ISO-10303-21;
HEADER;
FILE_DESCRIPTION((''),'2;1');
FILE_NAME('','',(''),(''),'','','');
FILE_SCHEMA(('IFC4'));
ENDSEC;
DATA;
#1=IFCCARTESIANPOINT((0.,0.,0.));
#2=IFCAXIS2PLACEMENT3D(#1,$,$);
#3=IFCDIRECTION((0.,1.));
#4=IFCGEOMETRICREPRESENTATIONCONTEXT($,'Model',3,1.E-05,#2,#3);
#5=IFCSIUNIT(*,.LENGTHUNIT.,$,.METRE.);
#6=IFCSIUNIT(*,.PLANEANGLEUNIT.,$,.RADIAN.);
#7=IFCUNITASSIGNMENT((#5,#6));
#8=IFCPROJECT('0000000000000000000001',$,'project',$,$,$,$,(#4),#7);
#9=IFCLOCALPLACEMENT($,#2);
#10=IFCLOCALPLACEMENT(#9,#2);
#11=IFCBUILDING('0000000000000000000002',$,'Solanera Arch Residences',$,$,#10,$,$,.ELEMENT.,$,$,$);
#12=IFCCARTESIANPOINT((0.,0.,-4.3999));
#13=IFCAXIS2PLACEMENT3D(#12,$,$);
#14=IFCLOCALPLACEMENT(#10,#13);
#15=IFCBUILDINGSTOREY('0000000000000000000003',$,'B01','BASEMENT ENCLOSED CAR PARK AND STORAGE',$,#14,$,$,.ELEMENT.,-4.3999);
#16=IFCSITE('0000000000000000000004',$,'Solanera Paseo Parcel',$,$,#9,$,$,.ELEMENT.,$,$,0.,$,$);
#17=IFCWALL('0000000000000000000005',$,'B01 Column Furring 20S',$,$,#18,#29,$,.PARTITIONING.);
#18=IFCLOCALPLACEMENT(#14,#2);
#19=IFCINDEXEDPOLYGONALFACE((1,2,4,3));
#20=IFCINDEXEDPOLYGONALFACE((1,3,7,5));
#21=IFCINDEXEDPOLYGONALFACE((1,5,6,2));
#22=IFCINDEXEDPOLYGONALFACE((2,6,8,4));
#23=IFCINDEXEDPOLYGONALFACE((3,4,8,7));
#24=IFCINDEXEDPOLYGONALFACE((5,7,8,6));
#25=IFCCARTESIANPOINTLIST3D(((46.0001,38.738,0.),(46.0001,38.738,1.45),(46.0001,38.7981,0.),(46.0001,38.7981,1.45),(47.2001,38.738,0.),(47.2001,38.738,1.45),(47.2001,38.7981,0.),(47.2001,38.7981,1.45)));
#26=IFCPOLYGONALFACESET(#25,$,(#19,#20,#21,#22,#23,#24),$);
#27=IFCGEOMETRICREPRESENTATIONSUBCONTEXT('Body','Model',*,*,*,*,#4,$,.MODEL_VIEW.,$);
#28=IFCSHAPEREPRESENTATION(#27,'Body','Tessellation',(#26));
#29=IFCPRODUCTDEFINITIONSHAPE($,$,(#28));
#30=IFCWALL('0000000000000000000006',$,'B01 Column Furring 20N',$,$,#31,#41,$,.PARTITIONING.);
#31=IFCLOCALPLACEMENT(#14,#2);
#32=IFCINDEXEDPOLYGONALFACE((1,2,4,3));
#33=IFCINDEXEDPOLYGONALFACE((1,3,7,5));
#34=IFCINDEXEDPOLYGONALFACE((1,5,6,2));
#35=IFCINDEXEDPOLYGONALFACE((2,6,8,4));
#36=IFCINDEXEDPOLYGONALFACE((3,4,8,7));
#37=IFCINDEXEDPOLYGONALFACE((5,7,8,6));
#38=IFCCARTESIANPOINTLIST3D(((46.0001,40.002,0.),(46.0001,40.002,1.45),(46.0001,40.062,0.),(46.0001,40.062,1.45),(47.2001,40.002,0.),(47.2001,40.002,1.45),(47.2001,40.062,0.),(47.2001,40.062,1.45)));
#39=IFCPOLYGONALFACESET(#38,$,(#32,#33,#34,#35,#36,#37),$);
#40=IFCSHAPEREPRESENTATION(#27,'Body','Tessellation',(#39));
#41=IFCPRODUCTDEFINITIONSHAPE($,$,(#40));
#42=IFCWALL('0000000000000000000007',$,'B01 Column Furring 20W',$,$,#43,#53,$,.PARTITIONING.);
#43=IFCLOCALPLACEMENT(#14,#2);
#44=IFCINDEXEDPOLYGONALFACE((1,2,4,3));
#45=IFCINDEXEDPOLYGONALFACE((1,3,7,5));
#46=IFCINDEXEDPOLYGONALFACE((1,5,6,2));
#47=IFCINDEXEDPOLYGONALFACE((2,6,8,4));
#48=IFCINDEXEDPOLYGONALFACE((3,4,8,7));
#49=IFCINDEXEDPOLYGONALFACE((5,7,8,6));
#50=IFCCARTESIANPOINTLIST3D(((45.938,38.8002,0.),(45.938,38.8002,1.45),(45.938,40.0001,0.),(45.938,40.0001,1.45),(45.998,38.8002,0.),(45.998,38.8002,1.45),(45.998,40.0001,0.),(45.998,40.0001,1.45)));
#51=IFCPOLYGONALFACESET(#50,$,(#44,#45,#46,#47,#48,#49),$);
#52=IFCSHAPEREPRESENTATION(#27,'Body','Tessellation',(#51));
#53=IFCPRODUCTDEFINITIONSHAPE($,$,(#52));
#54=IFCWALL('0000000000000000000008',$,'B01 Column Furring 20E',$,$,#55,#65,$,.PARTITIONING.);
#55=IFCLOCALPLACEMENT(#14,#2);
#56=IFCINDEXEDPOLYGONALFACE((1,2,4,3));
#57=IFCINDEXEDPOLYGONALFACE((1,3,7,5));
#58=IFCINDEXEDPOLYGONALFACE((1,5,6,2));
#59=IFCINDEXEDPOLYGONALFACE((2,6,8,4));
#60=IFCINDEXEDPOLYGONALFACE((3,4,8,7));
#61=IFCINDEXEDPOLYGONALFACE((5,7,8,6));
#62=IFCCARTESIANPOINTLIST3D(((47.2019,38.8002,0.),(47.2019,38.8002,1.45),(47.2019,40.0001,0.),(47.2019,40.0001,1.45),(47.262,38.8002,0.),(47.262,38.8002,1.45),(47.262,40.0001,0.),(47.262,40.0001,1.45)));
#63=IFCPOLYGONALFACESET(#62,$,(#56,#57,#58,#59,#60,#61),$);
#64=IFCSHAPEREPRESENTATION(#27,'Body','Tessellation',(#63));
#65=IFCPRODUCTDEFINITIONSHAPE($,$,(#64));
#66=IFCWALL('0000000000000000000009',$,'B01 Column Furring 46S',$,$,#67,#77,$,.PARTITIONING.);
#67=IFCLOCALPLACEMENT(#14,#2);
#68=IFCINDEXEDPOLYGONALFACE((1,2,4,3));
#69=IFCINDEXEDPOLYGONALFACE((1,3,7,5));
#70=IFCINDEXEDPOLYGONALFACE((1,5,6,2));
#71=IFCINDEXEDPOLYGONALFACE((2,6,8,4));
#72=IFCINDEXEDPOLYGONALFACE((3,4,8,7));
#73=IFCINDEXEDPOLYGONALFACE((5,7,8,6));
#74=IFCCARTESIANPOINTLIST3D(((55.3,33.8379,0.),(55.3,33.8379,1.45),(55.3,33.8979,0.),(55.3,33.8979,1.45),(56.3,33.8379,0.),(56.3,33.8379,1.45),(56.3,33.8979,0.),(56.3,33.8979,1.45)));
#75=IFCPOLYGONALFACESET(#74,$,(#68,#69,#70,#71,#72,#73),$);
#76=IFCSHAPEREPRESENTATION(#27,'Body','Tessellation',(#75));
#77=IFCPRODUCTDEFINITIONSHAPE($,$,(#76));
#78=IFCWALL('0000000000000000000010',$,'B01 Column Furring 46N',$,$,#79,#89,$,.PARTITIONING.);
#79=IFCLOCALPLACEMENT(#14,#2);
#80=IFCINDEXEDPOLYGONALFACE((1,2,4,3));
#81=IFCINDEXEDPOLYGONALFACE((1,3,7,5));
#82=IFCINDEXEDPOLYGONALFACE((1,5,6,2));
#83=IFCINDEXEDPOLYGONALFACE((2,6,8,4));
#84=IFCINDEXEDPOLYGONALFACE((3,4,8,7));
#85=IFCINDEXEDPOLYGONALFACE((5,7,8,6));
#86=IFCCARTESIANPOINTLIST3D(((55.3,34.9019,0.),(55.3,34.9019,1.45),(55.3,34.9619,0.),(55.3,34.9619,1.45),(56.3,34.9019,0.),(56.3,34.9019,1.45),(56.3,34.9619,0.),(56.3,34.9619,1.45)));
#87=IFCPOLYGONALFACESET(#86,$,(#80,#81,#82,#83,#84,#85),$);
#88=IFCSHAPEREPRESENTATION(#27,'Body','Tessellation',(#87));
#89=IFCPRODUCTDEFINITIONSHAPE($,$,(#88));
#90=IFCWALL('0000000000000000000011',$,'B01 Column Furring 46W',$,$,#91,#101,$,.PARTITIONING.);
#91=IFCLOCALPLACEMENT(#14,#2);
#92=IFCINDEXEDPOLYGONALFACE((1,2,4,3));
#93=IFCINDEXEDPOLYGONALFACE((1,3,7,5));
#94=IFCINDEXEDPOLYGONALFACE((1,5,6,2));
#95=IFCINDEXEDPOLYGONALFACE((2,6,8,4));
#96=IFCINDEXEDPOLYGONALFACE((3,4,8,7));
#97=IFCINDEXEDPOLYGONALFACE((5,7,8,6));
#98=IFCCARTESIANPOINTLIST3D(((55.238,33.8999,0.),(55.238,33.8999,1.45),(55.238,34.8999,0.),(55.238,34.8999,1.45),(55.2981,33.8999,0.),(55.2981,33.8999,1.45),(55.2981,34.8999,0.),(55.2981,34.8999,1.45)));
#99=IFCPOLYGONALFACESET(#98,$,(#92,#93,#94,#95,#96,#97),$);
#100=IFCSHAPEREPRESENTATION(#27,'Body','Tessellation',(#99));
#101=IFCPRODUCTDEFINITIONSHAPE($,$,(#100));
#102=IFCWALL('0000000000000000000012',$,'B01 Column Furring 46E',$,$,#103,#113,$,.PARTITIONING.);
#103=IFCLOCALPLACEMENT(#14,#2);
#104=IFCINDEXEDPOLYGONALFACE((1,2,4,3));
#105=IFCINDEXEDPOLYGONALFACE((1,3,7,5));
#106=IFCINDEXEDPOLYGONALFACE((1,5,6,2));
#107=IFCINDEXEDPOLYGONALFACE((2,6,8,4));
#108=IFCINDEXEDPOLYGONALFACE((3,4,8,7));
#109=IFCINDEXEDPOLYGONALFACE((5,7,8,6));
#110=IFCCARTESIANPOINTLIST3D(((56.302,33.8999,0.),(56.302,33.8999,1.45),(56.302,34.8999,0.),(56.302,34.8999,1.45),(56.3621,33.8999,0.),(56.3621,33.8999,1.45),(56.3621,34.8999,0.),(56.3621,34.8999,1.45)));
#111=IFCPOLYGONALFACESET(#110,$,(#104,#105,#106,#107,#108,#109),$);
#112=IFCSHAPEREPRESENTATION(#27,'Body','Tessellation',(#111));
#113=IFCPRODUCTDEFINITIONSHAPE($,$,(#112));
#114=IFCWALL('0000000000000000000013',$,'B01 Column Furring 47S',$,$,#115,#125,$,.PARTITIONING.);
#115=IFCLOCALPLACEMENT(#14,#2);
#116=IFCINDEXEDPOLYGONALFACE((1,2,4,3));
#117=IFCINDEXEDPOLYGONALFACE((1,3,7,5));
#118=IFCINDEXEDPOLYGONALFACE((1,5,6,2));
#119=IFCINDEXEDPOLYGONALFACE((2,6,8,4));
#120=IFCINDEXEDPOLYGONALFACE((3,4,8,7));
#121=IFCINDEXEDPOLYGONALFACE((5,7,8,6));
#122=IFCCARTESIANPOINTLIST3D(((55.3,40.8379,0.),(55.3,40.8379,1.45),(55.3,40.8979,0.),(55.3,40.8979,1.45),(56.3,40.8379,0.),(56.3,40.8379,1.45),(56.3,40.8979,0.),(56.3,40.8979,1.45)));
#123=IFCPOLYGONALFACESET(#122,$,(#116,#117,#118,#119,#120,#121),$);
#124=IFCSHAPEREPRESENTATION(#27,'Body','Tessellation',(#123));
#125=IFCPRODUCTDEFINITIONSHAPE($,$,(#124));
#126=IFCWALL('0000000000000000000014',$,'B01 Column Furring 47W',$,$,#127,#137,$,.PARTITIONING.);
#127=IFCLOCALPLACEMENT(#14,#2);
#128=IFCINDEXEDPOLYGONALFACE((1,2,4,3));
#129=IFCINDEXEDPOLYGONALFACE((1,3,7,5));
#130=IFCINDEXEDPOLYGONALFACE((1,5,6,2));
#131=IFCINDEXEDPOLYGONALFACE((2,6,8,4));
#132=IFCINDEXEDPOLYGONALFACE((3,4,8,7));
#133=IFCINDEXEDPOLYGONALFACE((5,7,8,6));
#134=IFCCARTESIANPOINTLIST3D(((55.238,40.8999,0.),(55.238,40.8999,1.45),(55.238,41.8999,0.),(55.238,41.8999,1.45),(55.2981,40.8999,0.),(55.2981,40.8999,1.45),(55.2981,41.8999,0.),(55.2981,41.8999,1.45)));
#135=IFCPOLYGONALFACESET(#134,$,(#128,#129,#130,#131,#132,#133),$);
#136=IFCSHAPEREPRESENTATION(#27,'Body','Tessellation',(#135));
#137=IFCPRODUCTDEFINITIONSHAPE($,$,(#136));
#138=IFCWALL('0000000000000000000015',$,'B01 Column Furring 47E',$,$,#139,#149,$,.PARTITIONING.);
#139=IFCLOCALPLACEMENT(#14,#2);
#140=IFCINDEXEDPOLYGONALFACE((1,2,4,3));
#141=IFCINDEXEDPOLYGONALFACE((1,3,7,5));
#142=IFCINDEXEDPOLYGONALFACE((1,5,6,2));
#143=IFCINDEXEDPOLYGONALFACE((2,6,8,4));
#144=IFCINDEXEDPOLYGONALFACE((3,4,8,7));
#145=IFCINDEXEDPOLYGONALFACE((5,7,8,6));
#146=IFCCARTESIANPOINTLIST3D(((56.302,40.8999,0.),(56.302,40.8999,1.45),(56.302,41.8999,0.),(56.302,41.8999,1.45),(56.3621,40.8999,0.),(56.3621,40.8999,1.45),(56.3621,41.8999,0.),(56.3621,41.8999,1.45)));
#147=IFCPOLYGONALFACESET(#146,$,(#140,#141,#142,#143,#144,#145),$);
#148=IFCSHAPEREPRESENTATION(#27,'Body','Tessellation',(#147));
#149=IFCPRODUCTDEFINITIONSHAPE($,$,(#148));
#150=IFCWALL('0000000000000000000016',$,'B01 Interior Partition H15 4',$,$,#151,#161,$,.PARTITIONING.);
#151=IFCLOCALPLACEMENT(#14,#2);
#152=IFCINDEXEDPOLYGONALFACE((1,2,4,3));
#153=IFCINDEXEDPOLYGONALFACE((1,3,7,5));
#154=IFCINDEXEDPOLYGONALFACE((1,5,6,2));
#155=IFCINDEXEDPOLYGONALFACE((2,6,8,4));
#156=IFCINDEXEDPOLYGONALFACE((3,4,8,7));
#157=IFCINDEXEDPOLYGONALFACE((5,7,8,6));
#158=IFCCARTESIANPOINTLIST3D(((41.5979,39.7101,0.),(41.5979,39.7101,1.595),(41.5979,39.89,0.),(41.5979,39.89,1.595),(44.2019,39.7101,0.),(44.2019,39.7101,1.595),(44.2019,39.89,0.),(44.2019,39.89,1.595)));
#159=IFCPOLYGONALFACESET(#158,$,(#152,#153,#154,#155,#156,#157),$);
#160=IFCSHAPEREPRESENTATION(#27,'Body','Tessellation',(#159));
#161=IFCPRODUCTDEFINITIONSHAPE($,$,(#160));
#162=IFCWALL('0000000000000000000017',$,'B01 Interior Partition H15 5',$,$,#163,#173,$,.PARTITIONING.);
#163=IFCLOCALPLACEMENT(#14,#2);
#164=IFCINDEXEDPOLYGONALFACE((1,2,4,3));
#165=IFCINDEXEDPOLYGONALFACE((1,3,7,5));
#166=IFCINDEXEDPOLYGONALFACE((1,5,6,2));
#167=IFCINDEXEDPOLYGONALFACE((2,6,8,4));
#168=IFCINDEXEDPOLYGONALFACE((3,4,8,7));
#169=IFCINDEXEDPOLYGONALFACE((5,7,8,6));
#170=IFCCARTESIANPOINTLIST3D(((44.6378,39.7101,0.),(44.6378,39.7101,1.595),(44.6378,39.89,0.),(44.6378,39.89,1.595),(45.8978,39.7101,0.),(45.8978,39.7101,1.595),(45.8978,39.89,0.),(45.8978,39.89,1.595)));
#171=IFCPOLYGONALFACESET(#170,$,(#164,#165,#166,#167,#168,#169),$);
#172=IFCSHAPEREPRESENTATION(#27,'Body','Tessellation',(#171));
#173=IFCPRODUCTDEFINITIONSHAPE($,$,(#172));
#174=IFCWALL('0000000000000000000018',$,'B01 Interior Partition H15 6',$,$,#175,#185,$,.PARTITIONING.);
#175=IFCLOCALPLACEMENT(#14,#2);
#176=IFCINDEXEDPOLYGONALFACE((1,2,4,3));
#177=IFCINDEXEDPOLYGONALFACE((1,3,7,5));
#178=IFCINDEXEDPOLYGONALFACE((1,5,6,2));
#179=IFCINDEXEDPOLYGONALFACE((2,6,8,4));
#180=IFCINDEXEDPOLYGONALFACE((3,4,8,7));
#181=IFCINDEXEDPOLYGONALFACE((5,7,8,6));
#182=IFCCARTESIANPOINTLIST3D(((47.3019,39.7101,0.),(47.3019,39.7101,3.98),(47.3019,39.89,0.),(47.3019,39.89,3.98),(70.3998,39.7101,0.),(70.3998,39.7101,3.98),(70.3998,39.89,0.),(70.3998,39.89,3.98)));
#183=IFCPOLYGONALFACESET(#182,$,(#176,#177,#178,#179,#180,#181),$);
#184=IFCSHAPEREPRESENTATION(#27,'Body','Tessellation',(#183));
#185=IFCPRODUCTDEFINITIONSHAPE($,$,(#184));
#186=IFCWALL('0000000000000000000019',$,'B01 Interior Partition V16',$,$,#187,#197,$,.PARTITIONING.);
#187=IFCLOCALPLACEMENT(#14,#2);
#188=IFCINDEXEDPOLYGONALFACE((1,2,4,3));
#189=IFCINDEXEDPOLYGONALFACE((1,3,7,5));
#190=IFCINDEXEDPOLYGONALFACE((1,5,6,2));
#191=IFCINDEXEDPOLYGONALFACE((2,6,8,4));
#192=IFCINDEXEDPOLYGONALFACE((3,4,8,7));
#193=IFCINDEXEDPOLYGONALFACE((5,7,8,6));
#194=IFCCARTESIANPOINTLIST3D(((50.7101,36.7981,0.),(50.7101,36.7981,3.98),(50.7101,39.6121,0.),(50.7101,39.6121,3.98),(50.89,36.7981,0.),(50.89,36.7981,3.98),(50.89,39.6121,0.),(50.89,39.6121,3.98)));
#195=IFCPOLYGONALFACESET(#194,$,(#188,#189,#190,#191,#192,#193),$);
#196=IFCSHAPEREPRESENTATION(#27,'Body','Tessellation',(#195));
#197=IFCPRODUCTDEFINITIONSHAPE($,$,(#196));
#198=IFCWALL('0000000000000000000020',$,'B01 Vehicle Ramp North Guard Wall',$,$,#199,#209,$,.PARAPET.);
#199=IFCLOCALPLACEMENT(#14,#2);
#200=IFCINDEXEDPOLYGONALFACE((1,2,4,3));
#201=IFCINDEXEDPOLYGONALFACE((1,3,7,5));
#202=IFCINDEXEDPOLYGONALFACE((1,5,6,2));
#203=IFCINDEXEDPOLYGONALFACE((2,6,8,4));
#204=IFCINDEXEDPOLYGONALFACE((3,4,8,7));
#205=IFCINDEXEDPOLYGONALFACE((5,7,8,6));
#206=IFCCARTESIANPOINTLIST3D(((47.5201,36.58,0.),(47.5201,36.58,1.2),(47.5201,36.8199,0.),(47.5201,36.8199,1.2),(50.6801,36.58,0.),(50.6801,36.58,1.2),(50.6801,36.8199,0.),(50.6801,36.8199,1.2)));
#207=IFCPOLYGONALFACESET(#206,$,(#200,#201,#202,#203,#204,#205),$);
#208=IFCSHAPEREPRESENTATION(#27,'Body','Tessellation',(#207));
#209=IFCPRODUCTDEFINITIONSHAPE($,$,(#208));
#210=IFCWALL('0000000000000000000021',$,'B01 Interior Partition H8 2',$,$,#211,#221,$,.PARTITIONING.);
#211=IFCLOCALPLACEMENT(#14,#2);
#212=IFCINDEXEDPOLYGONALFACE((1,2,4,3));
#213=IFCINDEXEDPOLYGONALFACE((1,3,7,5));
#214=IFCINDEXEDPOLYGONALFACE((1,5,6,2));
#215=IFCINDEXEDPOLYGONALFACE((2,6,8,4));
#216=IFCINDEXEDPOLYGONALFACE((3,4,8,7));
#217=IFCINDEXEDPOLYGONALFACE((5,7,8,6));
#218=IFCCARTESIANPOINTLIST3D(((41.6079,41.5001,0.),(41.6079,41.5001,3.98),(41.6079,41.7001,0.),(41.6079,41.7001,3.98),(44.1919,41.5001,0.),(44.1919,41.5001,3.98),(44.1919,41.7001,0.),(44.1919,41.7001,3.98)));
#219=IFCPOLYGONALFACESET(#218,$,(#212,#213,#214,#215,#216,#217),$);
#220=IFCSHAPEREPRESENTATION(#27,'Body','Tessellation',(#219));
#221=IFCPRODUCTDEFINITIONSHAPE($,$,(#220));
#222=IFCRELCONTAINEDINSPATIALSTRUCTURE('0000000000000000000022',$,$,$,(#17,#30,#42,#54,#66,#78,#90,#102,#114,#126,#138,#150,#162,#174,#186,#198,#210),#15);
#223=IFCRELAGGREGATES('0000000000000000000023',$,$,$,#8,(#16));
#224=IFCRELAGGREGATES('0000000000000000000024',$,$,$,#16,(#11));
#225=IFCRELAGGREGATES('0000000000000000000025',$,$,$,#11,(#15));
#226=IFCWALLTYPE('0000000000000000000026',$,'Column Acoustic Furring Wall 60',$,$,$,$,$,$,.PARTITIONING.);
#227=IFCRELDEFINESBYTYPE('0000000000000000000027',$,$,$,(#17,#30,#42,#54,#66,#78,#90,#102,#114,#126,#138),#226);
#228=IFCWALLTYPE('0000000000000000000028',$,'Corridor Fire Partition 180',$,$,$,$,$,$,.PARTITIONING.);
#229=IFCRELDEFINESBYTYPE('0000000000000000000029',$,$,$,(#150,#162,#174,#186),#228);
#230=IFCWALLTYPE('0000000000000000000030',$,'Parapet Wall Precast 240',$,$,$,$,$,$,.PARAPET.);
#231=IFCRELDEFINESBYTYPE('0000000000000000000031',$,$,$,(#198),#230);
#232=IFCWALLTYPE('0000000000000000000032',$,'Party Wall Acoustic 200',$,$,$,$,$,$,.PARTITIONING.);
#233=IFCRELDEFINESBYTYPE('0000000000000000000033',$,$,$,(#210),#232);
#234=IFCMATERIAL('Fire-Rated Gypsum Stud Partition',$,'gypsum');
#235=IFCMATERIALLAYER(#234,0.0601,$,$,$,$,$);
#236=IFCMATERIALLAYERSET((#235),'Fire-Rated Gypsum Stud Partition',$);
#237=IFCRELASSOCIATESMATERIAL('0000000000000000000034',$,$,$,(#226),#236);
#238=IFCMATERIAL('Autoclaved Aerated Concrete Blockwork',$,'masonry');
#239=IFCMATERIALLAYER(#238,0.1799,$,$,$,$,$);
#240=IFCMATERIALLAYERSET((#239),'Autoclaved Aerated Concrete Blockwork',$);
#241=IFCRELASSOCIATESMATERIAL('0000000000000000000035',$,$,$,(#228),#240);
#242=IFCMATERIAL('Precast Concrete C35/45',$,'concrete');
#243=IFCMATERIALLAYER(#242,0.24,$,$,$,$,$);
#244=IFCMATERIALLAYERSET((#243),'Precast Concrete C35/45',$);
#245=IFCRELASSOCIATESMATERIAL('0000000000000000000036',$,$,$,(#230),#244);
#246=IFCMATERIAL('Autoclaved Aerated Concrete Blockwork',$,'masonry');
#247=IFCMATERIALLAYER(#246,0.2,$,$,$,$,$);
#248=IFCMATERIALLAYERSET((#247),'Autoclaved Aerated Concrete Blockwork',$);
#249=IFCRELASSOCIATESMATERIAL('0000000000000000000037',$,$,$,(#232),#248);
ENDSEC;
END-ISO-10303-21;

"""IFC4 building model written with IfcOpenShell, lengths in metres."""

from ifc_helpers import new_model, si_unit, direction, frame, frame_2d, origin, place, context, subcontext, project, spatial, rectangle, extrude, material, layer, layer_set, type_object, element, save


model = new_model("IFC4")

# Units and contexts
model_context = context("Model", 3, precision=1e-05, world=origin(), true_north=direction((0.0, 1.0)))
body_context = subcontext(model_context, "Body", "Model", "MODEL_VIEW")
ifc_project = project(units=[si_unit("LENGTHUNIT", "METRE"), si_unit("PLANEANGLEUNIT", "RADIAN")], contexts=[model_context])

# Site, building, storey
site_placement = place(None, origin())
site = spatial("IfcSite", under=ifc_project, at=site_placement, Name="Solanera Paseo Parcel", CompositionType="ELEMENT", RefElevation=0.0)
building_placement = place(site_placement, origin())
building = spatial("IfcBuilding", under=site, at=building_placement, Name="Solanera Arch Residences", CompositionType="ELEMENT")
storey_placement = place(building_placement, frame((0.0, 0.0, -4.3999)))
storey = spatial("IfcBuildingStorey", under=building, at=storey_placement, Name="B01", Description="BASEMENT ENCLOSED CAR PARK AND STORAGE", CompositionType="ELEMENT", Elevation=-4.3999)

# Walls
ifc_material_1 = material(Name="Fire-Rated Gypsum Stud Partition", Category="gypsum")
ifc_layer_1 = layer(ifc_material_1, 0.0601)
ifc_layer_set_1 = layer_set([ifc_layer_1], Name="Fire-Rated Gypsum Stud Partition")
wall_type_1 = type_object("IfcWallType", Name="Column Acoustic Furring Wall 60", PredefinedType="PARTITIONING", material=ifc_layer_set_1)
for number, where, z_axis, x_axis, name in (
    (1, (46.0, 38.7681, 0.0), (0.0, 0.0, 1.0), (1.0, 0.0, 0.0), "B01 Column Furring 20S"),
    (2, (46.0, 40.032, 0.0), (0.0, 0.0, 1.0), (1.0, 0.0, 0.0), "B01 Column Furring 20N"),
    (3, (45.968, 38.8, 0.0), (0.0, 0.0, 1.0), (0.0, 1.0, 0.0), "B01 Column Furring 20W"),
    (4, (47.2319, 38.8, 0.0), (0.0, 0.0, 1.0), (0.0, 1.0, 0.0), "B01 Column Furring 20E"),
):
    element("IfcWall", number, at=place(storey_placement, frame(where, z_axis=z_axis, x_axis=x_axis)), inside=storey, type_object=wall_type_1, Name=name, PredefinedType="PARTITIONING", context=body_context, shape_type="SweptSolid", body=[
        extrude(rectangle(XDim=1.2, YDim=0.0601, at=frame_2d((0.6001, 0.0))), origin(), (0.0, 0.0, 1.0), 1.45),
    ])
for number, where, z_axis, x_axis, name in (
    (5, (55.3, 33.8679, 0.0), (0.0, 0.0, 1.0), (1.0, 0.0, 0.0), "B01 Column Furring 46S"),
    (6, (55.3, 34.9319, 0.0), (0.0, 0.0, 1.0), (1.0, 0.0, 0.0), "B01 Column Furring 46N"),
    (7, (55.2681, 33.8999, 0.0), (0.0, 0.0, 1.0), (0.0, 1.0, 0.0), "B01 Column Furring 46W"),
    (8, (56.332, 33.8999, 0.0), (0.0, 0.0, 1.0), (0.0, 1.0, 0.0), "B01 Column Furring 46E"),
    (9, (55.3, 40.8679, 0.0), (0.0, 0.0, 1.0), (1.0, 0.0, 0.0), "B01 Column Furring 47S"),
    (10, (55.2681, 40.8999, 0.0), (0.0, 0.0, 1.0), (0.0, 1.0, 0.0), "B01 Column Furring 47W"),
    (11, (56.332, 40.8999, 0.0), (0.0, 0.0, 1.0), (0.0, 1.0, 0.0), "B01 Column Furring 47E"),
):
    element("IfcWall", number, at=place(storey_placement, frame(where, z_axis=z_axis, x_axis=x_axis)), inside=storey, type_object=wall_type_1, Name=name, PredefinedType="PARTITIONING", context=body_context, shape_type="SweptSolid", body=[
        extrude(rectangle(XDim=1.0, YDim=0.0601, at=frame_2d((0.5, 0.0))), origin(), (0.0, 0.0, 1.0), 1.45),
    ])
ifc_material_2 = material(Name="Autoclaved Aerated Concrete Blockwork", Category="masonry")
ifc_layer_2 = layer(ifc_material_2, 0.1799)
ifc_layer_set_2 = layer_set([ifc_layer_2], Name="Autoclaved Aerated Concrete Blockwork")
wall_type_2 = type_object("IfcWallType", Name="Corridor Fire Partition 180", PredefinedType="PARTITIONING", material=ifc_layer_set_2)
wall_1_placement = place(storey_placement, frame((41.5979, 39.8, 0.0), z_axis=(0.0, 0.0, 1.0), x_axis=(1.0, 0.0, 0.0)))
element("IfcWall", 12, at=wall_1_placement, inside=storey, type_object=wall_type_2, Name="B01 Interior Partition H15 4", PredefinedType="PARTITIONING", context=body_context, shape_type="SweptSolid", body=[
    extrude(rectangle(XDim=2.604, YDim=0.1799, at=frame_2d((1.302, 0.0))), origin(), (0.0, 0.0, 1.0), 1.595),
])
wall_2_placement = place(storey_placement, frame((44.6379, 39.8, 0.0), z_axis=(0.0, 0.0, 1.0), x_axis=(1.0, 0.0, 0.0)))
element("IfcWall", 13, at=wall_2_placement, inside=storey, type_object=wall_type_2, Name="B01 Interior Partition H15 5", PredefinedType="PARTITIONING", context=body_context, shape_type="SweptSolid", body=[
    extrude(rectangle(XDim=1.26, YDim=0.1799, at=frame_2d((0.6299, 0.0))), origin(), (0.0, 0.0, 1.0), 1.595),
])
wall_3_placement = place(storey_placement, frame((47.302, 39.8, 0.0), z_axis=(0.0, 0.0, 1.0), x_axis=(1.0, 0.0, 0.0)))
element("IfcWall", 14, at=wall_3_placement, inside=storey, type_object=wall_type_2, Name="B01 Interior Partition H15 6", PredefinedType="PARTITIONING", context=body_context, shape_type="SweptSolid", body=[
    extrude(rectangle(XDim=23.0979, YDim=0.1799, at=frame_2d((11.5488, 0.0))), origin(), (0.0, 0.0, 1.0), 3.98),
])
wall_4_placement = place(storey_placement, frame((50.8, 36.7981, 0.0), z_axis=(0.0, 0.0, 1.0), x_axis=(0.0, 1.0, 0.0)))
element("IfcWall", 15, at=wall_4_placement, inside=storey, type_object=wall_type_2, Name="B01 Interior Partition V16", PredefinedType="PARTITIONING", context=body_context, shape_type="SweptSolid", body=[
    extrude(rectangle(XDim=2.814, YDim=0.1799, at=frame_2d((1.407, 0.0))), origin(), (0.0, 0.0, 1.0), 3.98),
])
ifc_material_3 = material(Name="Precast Concrete C35/45", Category="concrete")
ifc_layer_3 = layer(ifc_material_3, 0.24)
ifc_layer_set_3 = layer_set([ifc_layer_3], Name="Precast Concrete C35/45")
wall_type_3 = type_object("IfcWallType", Name="Parapet Wall Precast 240", PredefinedType="PARAPET", material=ifc_layer_set_3)
wall_5_placement = place(storey_placement, frame((47.52, 36.7, 0.0), z_axis=(0.0, 0.0, 1.0), x_axis=(1.0, 0.0, 0.0)))
element("IfcWall", 16, at=wall_5_placement, inside=storey, type_object=wall_type_3, Name="B01 Vehicle Ramp North Guard Wall", PredefinedType="PARAPET", context=body_context, shape_type="SweptSolid", body=[
    extrude(rectangle(XDim=3.1599, YDim=0.24, at=frame_2d((1.5801, 0.0))), origin(), (0.0, 0.0, 1.0), 1.2),
])
ifc_material_4 = material(Name="Autoclaved Aerated Concrete Blockwork", Category="masonry")
ifc_layer_4 = layer(ifc_material_4, 0.2)
ifc_layer_set_4 = layer_set([ifc_layer_4], Name="Autoclaved Aerated Concrete Blockwork")
wall_type_4 = type_object("IfcWallType", Name="Party Wall Acoustic 200", PredefinedType="PARTITIONING", material=ifc_layer_set_4)
wall_6_placement = place(storey_placement, frame((41.6079, 41.6001, 0.0), z_axis=(0.0, 0.0, 1.0), x_axis=(1.0, 0.0, 0.0)))
element("IfcWall", 17, at=wall_6_placement, inside=storey, type_object=wall_type_4, Name="B01 Interior Partition H8 2", PredefinedType="PARTITIONING", context=body_context, shape_type="SweptSolid", body=[
    extrude(rectangle(XDim=2.584, YDim=0.2, at=frame_2d((1.292, 0.0))), origin(), (0.0, 0.0, 1.0), 3.98),
])

save(model, "model.ifc")
